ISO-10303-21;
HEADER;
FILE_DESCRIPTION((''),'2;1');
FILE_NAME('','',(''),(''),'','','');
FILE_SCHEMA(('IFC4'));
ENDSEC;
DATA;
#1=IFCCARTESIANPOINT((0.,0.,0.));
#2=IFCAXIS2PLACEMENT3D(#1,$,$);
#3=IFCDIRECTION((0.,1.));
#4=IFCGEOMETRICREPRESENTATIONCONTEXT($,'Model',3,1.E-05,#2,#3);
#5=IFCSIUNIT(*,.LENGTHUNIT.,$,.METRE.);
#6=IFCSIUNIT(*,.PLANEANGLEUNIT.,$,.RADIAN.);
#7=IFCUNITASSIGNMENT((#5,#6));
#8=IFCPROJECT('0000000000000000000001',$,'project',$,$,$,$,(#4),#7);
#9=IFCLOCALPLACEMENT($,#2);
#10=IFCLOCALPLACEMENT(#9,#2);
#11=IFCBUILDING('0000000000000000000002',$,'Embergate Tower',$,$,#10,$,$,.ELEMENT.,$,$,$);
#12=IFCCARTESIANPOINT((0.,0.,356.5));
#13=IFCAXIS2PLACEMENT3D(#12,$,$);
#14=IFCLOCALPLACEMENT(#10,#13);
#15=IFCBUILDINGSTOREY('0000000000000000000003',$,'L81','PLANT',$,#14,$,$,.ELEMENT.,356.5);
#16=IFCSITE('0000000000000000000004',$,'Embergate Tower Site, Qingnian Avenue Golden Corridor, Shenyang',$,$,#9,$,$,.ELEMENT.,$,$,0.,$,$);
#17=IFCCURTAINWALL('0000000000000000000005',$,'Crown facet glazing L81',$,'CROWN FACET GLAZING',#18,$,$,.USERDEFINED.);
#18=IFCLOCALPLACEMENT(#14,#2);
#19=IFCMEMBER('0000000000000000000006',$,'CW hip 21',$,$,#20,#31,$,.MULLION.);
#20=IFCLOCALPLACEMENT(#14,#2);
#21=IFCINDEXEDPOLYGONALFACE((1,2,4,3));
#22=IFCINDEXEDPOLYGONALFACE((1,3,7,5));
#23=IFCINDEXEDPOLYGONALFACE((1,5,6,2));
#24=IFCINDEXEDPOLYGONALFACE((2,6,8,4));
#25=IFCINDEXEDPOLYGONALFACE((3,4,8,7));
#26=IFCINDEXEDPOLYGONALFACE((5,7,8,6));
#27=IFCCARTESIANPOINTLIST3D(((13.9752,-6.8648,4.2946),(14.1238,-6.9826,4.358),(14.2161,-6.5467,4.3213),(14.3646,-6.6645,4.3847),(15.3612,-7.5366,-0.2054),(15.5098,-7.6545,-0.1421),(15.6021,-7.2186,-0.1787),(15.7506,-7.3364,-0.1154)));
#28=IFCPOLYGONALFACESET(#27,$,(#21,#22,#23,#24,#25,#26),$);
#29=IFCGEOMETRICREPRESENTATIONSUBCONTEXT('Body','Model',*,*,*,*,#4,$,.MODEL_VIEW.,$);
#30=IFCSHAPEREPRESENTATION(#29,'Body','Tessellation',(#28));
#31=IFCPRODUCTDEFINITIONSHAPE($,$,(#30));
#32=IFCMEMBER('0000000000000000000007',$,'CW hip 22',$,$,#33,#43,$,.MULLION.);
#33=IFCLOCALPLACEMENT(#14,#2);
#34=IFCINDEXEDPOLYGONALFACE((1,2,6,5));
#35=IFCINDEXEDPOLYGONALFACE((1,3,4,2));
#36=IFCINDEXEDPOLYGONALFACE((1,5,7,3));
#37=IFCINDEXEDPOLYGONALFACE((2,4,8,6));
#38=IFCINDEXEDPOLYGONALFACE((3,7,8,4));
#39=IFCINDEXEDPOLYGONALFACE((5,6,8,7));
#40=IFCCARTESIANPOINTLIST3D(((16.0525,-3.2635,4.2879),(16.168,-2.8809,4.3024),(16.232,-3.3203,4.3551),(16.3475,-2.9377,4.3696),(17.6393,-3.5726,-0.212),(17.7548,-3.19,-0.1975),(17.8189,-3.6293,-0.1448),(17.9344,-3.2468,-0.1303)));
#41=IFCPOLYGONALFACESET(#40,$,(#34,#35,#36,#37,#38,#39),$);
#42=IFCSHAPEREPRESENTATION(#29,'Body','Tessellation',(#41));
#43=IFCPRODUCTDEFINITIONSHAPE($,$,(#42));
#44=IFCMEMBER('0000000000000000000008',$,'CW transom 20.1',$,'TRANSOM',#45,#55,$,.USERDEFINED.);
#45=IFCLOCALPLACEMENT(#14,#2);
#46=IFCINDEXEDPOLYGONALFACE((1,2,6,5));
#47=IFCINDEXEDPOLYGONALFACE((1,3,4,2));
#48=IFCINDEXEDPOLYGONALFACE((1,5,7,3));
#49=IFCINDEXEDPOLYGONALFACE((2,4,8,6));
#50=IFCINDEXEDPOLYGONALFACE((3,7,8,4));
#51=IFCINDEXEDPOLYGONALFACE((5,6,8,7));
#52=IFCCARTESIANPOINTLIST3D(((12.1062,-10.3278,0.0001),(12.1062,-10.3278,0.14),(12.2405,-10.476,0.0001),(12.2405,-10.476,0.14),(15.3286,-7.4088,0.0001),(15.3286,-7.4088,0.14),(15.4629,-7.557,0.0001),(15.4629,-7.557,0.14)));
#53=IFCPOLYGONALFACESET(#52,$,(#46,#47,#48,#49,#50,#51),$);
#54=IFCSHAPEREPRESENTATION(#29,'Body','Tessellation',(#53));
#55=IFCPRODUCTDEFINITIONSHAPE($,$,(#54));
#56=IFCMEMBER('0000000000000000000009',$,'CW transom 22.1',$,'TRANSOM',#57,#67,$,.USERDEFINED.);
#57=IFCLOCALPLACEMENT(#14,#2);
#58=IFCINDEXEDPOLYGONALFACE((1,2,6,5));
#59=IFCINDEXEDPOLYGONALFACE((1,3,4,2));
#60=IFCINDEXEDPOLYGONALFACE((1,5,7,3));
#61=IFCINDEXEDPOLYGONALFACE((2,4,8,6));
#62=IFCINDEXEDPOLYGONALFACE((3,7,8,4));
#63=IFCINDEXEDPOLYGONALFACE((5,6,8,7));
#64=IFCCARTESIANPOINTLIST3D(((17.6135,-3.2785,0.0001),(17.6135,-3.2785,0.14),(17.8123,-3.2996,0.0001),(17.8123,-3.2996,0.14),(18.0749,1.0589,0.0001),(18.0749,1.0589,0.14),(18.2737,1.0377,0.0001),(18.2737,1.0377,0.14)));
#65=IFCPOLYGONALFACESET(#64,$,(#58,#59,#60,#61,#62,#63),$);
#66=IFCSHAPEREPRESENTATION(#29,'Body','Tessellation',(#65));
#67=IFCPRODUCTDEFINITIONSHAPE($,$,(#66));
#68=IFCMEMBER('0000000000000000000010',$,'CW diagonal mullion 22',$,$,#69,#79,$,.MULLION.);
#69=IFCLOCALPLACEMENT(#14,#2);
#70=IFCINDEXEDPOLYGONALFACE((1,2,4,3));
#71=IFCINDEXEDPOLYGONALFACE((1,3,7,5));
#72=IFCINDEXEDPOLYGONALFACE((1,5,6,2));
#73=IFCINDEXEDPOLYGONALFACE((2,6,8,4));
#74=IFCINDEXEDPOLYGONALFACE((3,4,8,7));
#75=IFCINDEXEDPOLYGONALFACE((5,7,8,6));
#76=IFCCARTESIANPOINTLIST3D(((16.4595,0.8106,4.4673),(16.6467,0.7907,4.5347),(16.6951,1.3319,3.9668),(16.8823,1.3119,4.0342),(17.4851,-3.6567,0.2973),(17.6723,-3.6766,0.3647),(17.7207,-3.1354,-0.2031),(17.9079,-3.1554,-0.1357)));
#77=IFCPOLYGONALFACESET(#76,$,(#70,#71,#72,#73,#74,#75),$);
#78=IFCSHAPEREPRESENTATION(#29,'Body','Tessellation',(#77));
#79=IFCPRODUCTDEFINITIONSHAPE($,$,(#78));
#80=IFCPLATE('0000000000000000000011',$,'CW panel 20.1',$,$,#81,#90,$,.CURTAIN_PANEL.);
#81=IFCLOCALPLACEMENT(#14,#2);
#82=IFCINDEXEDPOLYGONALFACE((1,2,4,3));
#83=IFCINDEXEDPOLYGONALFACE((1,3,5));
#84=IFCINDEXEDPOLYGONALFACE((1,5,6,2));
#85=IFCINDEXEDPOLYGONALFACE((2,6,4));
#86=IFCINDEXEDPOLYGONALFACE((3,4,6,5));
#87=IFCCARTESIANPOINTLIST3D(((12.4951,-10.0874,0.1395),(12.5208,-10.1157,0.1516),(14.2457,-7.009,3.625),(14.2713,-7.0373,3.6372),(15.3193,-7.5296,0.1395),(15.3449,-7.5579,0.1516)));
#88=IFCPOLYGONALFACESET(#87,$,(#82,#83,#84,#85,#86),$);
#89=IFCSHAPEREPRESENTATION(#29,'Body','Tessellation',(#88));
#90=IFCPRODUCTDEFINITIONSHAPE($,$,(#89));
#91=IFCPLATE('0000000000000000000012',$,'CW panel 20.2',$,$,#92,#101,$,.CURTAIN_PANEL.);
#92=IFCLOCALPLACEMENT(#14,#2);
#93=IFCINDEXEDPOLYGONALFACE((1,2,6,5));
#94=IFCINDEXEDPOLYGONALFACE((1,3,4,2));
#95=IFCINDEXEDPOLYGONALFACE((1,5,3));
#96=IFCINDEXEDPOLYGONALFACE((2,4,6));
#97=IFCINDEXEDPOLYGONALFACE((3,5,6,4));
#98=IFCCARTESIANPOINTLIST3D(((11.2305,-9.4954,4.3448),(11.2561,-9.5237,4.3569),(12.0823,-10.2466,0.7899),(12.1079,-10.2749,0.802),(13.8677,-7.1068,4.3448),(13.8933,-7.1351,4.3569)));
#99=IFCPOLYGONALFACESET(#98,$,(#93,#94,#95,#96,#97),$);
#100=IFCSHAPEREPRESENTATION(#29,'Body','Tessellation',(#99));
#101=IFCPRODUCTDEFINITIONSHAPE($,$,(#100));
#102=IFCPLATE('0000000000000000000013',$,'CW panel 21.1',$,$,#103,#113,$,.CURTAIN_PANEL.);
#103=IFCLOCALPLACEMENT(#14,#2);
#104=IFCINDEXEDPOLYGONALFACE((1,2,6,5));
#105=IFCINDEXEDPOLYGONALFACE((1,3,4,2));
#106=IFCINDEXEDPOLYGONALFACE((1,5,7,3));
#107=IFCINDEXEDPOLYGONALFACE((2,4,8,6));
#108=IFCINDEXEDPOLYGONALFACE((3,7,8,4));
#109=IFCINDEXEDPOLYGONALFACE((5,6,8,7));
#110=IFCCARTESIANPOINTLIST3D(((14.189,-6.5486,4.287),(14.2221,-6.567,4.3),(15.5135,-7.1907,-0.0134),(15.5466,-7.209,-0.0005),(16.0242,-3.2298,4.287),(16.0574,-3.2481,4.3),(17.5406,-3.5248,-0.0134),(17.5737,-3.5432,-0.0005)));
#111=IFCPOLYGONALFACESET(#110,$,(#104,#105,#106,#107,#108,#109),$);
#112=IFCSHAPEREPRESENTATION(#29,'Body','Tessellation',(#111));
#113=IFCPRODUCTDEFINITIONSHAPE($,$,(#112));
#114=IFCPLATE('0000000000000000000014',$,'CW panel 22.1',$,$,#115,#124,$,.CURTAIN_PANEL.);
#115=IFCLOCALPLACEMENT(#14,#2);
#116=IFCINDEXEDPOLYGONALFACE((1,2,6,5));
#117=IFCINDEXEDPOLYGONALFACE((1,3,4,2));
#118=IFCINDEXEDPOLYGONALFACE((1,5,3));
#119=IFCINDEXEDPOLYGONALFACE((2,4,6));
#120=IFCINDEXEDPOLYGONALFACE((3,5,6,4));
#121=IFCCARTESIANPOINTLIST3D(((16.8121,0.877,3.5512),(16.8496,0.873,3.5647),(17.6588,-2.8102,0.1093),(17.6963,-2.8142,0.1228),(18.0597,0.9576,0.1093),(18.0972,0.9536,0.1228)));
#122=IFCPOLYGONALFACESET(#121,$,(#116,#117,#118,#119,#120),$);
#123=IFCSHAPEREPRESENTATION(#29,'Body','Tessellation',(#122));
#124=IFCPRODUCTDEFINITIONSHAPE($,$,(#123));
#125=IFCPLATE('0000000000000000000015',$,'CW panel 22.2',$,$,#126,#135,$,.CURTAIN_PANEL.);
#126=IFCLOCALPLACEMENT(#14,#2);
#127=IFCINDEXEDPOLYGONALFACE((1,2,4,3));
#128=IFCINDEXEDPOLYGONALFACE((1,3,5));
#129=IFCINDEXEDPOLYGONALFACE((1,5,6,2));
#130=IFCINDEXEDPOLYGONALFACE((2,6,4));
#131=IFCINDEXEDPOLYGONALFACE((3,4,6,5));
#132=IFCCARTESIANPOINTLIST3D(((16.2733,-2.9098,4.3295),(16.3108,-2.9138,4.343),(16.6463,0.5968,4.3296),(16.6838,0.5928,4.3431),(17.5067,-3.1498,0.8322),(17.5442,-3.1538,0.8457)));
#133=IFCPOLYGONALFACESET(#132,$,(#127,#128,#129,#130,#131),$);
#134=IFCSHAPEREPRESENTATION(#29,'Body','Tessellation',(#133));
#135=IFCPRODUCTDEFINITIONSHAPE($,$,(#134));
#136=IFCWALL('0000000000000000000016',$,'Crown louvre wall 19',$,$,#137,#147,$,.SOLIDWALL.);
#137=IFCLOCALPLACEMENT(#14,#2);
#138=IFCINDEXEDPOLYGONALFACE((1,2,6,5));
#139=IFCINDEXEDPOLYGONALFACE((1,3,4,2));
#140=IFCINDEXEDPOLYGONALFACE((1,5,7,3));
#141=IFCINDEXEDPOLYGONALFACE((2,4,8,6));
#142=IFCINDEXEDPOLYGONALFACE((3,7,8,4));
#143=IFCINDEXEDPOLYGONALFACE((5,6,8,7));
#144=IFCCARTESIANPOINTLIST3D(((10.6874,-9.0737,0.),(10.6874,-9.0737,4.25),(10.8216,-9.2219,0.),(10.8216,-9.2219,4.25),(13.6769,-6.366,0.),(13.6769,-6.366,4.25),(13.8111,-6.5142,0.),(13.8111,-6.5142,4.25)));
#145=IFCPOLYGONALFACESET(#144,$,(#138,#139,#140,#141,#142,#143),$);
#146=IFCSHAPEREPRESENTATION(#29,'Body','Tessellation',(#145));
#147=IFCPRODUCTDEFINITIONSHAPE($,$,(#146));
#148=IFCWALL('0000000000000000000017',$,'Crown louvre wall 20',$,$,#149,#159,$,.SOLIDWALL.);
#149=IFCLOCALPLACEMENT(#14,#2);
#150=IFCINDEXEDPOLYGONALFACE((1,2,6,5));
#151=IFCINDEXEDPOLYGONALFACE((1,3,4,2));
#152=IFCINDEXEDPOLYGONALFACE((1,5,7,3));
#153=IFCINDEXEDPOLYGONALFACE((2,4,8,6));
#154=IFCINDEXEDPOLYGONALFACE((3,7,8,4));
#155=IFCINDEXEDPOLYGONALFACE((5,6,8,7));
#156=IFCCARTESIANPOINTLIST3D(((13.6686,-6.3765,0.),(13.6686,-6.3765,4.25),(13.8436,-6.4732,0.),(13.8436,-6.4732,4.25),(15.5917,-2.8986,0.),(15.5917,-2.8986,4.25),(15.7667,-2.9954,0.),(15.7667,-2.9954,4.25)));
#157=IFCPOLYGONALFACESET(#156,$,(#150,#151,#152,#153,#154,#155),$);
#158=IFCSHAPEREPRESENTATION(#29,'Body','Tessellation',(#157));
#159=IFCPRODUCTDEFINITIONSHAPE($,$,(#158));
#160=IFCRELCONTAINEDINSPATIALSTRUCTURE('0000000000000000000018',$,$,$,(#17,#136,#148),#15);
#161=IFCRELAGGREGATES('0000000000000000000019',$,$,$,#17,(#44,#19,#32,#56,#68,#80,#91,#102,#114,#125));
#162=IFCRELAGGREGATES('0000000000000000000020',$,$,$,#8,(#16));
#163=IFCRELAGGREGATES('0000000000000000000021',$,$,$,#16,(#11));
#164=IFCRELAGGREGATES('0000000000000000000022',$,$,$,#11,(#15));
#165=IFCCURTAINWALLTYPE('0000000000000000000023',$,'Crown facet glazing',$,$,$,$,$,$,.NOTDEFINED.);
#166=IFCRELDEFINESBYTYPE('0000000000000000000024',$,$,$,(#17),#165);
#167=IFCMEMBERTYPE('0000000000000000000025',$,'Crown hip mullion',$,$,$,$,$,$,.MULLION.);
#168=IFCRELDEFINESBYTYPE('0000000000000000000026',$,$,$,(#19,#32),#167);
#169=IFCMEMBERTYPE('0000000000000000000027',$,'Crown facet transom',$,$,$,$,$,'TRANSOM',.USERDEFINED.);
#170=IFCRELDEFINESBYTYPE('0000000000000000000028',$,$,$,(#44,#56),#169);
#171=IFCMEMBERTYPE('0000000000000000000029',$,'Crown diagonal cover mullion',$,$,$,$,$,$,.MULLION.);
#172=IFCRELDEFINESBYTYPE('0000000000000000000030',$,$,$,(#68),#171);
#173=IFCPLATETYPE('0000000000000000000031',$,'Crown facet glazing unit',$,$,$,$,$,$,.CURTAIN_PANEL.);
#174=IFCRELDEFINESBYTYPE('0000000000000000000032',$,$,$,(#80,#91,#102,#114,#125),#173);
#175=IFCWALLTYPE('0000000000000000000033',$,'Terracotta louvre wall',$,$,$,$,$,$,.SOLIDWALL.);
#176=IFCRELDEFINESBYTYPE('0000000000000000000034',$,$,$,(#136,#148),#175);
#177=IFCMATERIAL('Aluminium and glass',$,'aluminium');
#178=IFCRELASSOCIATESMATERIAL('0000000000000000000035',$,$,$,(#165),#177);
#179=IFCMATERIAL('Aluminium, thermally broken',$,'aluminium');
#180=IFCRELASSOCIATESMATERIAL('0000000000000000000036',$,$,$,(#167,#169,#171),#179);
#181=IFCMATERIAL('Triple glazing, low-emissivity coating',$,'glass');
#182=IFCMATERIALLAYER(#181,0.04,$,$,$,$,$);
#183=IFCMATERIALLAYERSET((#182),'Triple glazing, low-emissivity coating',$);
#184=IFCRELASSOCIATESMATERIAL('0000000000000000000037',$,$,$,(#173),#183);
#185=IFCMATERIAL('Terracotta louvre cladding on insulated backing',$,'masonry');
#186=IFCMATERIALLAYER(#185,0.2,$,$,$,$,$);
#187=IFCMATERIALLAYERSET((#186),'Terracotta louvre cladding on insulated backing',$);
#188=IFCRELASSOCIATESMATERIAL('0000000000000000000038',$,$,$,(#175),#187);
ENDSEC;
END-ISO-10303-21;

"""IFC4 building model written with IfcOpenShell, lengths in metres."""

from ifc_helpers import new_model, si_unit, direction, frame, frame_2d, origin, origin_2d, place, context, subcontext, project, spatial, polyline, rectangle, outline, extrude, source, transform, mapped, material, layer, layer_set, material_profile, profile_set, type_object, element, aggregate, save


model = new_model("IFC4")

# Units and contexts
model_context = context("Model", 3, precision=1e-05, world=origin(), true_north=direction((0.0, 1.0)))
body_context = subcontext(model_context, "Body", "Model", "MODEL_VIEW")
ifc_project = project(units=[si_unit("LENGTHUNIT", "METRE"), si_unit("PLANEANGLEUNIT", "RADIAN")], contexts=[model_context])

# Site, building, storey
site_placement = place(None, origin())
site = spatial("IfcSite", under=ifc_project, at=site_placement, Name="Embergate Tower Site, Qingnian Avenue Golden Corridor, Shenyang", CompositionType="ELEMENT", RefElevation=0.0)
building_placement = place(site_placement, origin())
building = spatial("IfcBuilding", under=site, at=building_placement, Name="Embergate Tower", CompositionType="ELEMENT")
storey_placement = place(building_placement, frame((0.0, 0.0, 356.5)))
storey = spatial("IfcBuildingStorey", under=building, at=storey_placement, Name="L81", Description="PLANT", CompositionType="ELEMENT", Elevation=356.5)

# Curtain wall, members, plates
ifc_material_1 = material(Name="Aluminium and glass", Category="aluminium")
curtain_wall_type = type_object("IfcCurtainWallType", Name="Crown facet glazing", PredefinedType="NOTDEFINED", material=ifc_material_1)
curtain_wall_placement = place(storey_placement, origin())
curtain_wall = element("IfcCurtainWall", 1, at=curtain_wall_placement, inside=storey, type_object=curtain_wall_type, Name="Crown facet glazing L81", ObjectType="CROWN FACET GLAZING", PredefinedType="USERDEFINED")
ifc_material_2 = material(Name="Aluminium, thermally broken", Category="aluminium")
ifc_material_profile_1 = material_profile(ifc_material_2, rectangle(XDim=0.2, YDim=0.3999, at=origin_2d()), Name="AL 400x200")
ifc_profile_set_1 = profile_set([ifc_material_profile_1], Name="Aluminium, thermally broken")
member_type_1 = type_object("IfcMemberType", Name="Crown hip mullion", PredefinedType="MULLION", material=ifc_profile_set_1)
shared_shape_1 = source(origin(), body_context, "Body", "SweptSolid", [
    extrude(rectangle(XDim=0.2, YDim=0.3999, at=origin_2d()), origin(), (0.0, 0.0, 1.0), 4.7563),
])
member_1_placement = place(storey_placement, frame((15.5559, -7.4365, -0.1604), z_axis=(-0.2914, 0.14126, 0.946114), x_axis=(0.743136, -0.589353, 0.316877)))
member_1 = element("IfcMember", 2, at=member_1_placement, type_object=member_type_1, Name="CW hip 21", PredefinedType="MULLION", context=body_context, shape_type="MappedRepresentation", body=[
    mapped(shared_shape_1, transform((0.0, 0.0, 0.0))),
])
shared_shape_2 = source(origin(), body_context, "Body", "SweptSolid", [
    extrude(rectangle(XDim=0.2, YDim=0.3999, at=origin_2d()), origin(), (0.0, 0.0, 1.0), 4.7815),
])
member_2_placement = place(storey_placement, frame((17.7869, -3.4097, -0.1711), z_axis=(-0.331878, 0.06464, 0.941105), x_axis=(0.898015, -0.283821, 0.336177)))
member_2 = element("IfcMember", 3, at=member_2_placement, type_object=member_type_1, Name="CW hip 22", PredefinedType="MULLION", context=body_context, shape_type="MappedRepresentation", body=[
    mapped(shared_shape_2, transform((0.0, 0.0, 0.0))),
])
ifc_material_profile_2 = material_profile(ifc_material_2, rectangle(XDim=0.2, YDim=0.1399, at=origin_2d()), Name="AL 140x200")
ifc_profile_set_2 = profile_set([ifc_material_profile_2], Name="Aluminium, thermally broken")
member_type_2 = type_object("IfcMemberType", Name="Crown facet transom", ElementType="TRANSOM", PredefinedType="USERDEFINED", material=ifc_profile_set_2)
shared_shape_3 = source(origin(), body_context, "Body", "SweptSolid", [
    extrude(rectangle(XDim=0.2, YDim=0.1399, at=origin_2d()), origin(), (0.0, 0.0, 1.0), 4.3479),
])
member_3_placement = place(storey_placement, frame((12.1733, -10.4019, 0.0701), z_axis=(0.741143, 0.671347, 0.0), x_axis=(-0.671347, 0.741143, 0.0)))
member_3 = element("IfcMember", 4, at=member_3_placement, type_object=member_type_2, Name="CW transom 20.1", ObjectType="TRANSOM", PredefinedType="USERDEFINED", context=body_context, shape_type="MappedRepresentation", body=[
    mapped(shared_shape_3, transform((0.0, 0.0, 0.0))),
])
shared_shape_4 = source(origin(), body_context, "Body", "SweptSolid", [
    extrude(rectangle(XDim=0.2, YDim=0.1399, at=origin_2d()), origin(), (0.0, 0.0, 1.0), 4.3618),
])
member_4_placement = place(storey_placement, frame((17.7129, -3.2891, 0.0701), z_axis=(0.105786, 0.994389, 0.0), x_axis=(-0.994389, 0.105786, 0.0)))
member_4 = element("IfcMember", 5, at=member_4_placement, type_object=member_type_2, Name="CW transom 22.1", ObjectType="TRANSOM", PredefinedType="USERDEFINED", context=body_context, shape_type="MappedRepresentation", body=[
    mapped(shared_shape_4, transform((0.0, 0.0, 0.0))),
])
ifc_material_profile_3 = material_profile(ifc_material_2, rectangle(XDim=0.2, YDim=0.76, at=origin_2d()), Name="AL 760x200")
ifc_profile_set_3 = profile_set([ifc_material_profile_3], Name="Aluminium, thermally broken")
member_type_3 = type_object("IfcMemberType", Name="Crown diagonal cover mullion", PredefinedType="MULLION", material=ifc_profile_set_3)
shared_shape_5 = source(origin(), body_context, "Body", "SweptSolid", [
    extrude(rectangle(XDim=0.2, YDim=0.76, at=origin_2d()), origin(), (0.0, 0.0, 1.0), 6.1965),
])
member_5_placement = place(storey_placement, frame((17.6965, -3.406, 0.0808), z_axis=(-0.165518, 0.720935, 0.672946), x_axis=(0.936217, -0.099629, 0.337005)))
member_5 = element("IfcMember", 6, at=member_5_placement, type_object=member_type_3, Name="CW diagonal mullion 22", PredefinedType="MULLION", context=body_context, shape_type="MappedRepresentation", body=[
    mapped(shared_shape_5, transform((0.0, 0.0, 0.0))),
])
ifc_material_3 = material(Name="Triple glazing, low-emissivity coating", Category="glass")
ifc_layer_1 = layer(ifc_material_3, 0.04)
ifc_layer_set_1 = layer_set([ifc_layer_1], Name="Triple glazing, low-emissivity coating")
plate_type = type_object("IfcPlateType", Name="Crown facet glazing unit", PredefinedType="CURTAIN_PANEL", material=ifc_layer_set_1)
shared_shape_6 = source(origin(), body_context, "Body", "SweptSolid", [
    extrude(outline(polyline([(0.0, 0.0), (3.8103, 0.0), (3.364, 3.657), (0.0, 0.0)])), origin(), (0.0, 0.0, -1.0), 0.04),
])
plate_1_placement = place(storey_placement, frame((12.5208, -10.1157, 0.1516), z_axis=(0.639821, -0.706448, 0.30259), x_axis=(0.741194, 0.671291, 0.0)))
plate_1 = element("IfcPlate", 7, at=plate_1_placement, type_object=plate_type, Name="CW panel 20.1", PredefinedType="CURTAIN_PANEL", context=body_context, shape_type="MappedRepresentation", body=[
    mapped(shared_shape_6, transform((0.0, 0.0, 0.0))),
])
shared_shape_7 = source(origin(), body_context, "Body", "SweptSolid", [
    extrude(outline(polyline([(0.0, 0.0), (5.0679, 0.0), (2.6589, 2.6187), (0.0, 0.0)])), origin(), (0.0, 0.0, -1.0), 0.04),
])
plate_2_placement = place(storey_placement, frame((12.1079, -10.2749, 0.802), z_axis=(0.639847, -0.706422, 0.302595), x_axis=(0.352292, 0.619559, 0.701454)))
plate_2 = element("IfcPlate", 8, at=plate_2_placement, type_object=plate_type, Name="CW panel 20.2", PredefinedType="CURTAIN_PANEL", context=body_context, shape_type="MappedRepresentation", body=[
    mapped(shared_shape_7, transform((0.0, 0.0, 0.0))),
])
shared_shape_8 = source(origin(), body_context, "Body", "SweptSolid", [
    extrude(outline(polyline([(0.0, 0.0), (4.189, 0.0), (3.7134, 4.5447), (-0.0791, 4.5447), (0.0, 0.0)])), origin(), (0.0, 0.0, -1.0), 0.04),
])
plate_3_placement = place(storey_placement, frame((15.5466, -7.209, -0.0005), z_axis=(0.828087, -0.45791, 0.323404), x_axis=(0.483915, 0.875115, -0.000002)))
plate_3 = element("IfcPlate", 9, at=plate_3_placement, type_object=plate_type, Name="CW panel 21.1", PredefinedType="CURTAIN_PANEL", context=body_context, shape_type="MappedRepresentation", body=[
    mapped(shared_shape_8, transform((0.0, 0.0, 0.0))),
])
shared_shape_9 = source(origin(), body_context, "Body", "SweptSolid", [
    extrude(outline(polyline([(0.0, 0.0), (3.7891, 0.0), (3.5769, 3.6558), (0.0, 0.0)])), origin(), (0.0, 0.0, -1.0), 0.04),
])
plate_4_placement = place(storey_placement, frame((17.6963, -2.8142, 0.1228), z_axis=(0.936216, -0.099609, 0.337012), x_axis=(0.105798, 0.994388, 0.0)))
plate_4 = element("IfcPlate", 10, at=plate_4_placement, type_object=plate_type, Name="CW panel 22.1", PredefinedType="CURTAIN_PANEL", context=body_context, shape_type="MappedRepresentation", body=[
    mapped(shared_shape_9, transform((0.0, 0.0, 0.0))),
])
shared_shape_10 = source(origin(), body_context, "Body", "SweptSolid", [
    extrude(outline(polyline([(0.0, 0.0), (5.197, 0.0), (2.7307, 2.5205), (0.0, 0.0)])), origin(), (0.0, 0.0, -1.0), 0.04),
])
plate_5_placement = place(storey_placement, frame((17.5442, -3.1538, 0.8457), z_axis=(0.936218, -0.099599, 0.337011), x_axis=(-0.165549, 0.720919, 0.672955)))
plate_5 = element("IfcPlate", 11, at=plate_5_placement, type_object=plate_type, Name="CW panel 22.2", PredefinedType="CURTAIN_PANEL", context=body_context, shape_type="MappedRepresentation", body=[
    mapped(shared_shape_10, transform((0.0, 0.0, 0.0))),
])
aggregate(curtain_wall, [member_3, member_1, member_2, member_4, member_5, plate_1, plate_2, plate_3, plate_4, plate_5])

# Walls
ifc_material_4 = material(Name="Terracotta louvre cladding on insulated backing", Category="masonry")
ifc_layer_2 = layer(ifc_material_4, 0.2)
ifc_layer_set_2 = layer_set([ifc_layer_2], Name="Terracotta louvre cladding on insulated backing")
wall_type = type_object("IfcWallType", Name="Terracotta louvre wall", PredefinedType="SOLIDWALL", material=ifc_layer_set_2)
shared_shape_11 = source(origin(), body_context, "Body", "SweptSolid", [
    extrude(rectangle(XDim=4.0334, YDim=0.2, at=frame_2d((2.0166, 0.0))), origin(), (0.0, 0.0, 1.0), 4.25),
])
wall_1_placement = place(storey_placement, frame((13.7439, -6.4402, 0.0), z_axis=(0.0, 0.0, 1.0), x_axis=(-0.741169, -0.671319, 0.0)))
element("IfcWall", 12, at=wall_1_placement, inside=storey, type_object=wall_type, Name="Crown louvre wall 19", PredefinedType="SOLIDWALL", context=body_context, shape_type="MappedRepresentation", body=[
    mapped(shared_shape_11, transform((0.0, 0.0, 0.0))),
])
shared_shape_12 = source(origin(), body_context, "Body", "SweptSolid", [
    extrude(rectangle(XDim=3.9741, YDim=0.2, at=frame_2d((1.9871, 0.0))), origin(), (0.0, 0.0, 1.0), 4.25),
])
wall_2_placement = place(storey_placement, frame((15.6792, -2.947, 0.0), z_axis=(0.0, 0.0, 1.0), x_axis=(-0.48391, -0.875118, 0.0)))
element("IfcWall", 13, at=wall_2_placement, inside=storey, type_object=wall_type, Name="Crown louvre wall 20", PredefinedType="SOLIDWALL", context=body_context, shape_type="MappedRepresentation", body=[
    mapped(shared_shape_12, transform((0.0, 0.0, 0.0))),
])

save(model, "model.ifc")
